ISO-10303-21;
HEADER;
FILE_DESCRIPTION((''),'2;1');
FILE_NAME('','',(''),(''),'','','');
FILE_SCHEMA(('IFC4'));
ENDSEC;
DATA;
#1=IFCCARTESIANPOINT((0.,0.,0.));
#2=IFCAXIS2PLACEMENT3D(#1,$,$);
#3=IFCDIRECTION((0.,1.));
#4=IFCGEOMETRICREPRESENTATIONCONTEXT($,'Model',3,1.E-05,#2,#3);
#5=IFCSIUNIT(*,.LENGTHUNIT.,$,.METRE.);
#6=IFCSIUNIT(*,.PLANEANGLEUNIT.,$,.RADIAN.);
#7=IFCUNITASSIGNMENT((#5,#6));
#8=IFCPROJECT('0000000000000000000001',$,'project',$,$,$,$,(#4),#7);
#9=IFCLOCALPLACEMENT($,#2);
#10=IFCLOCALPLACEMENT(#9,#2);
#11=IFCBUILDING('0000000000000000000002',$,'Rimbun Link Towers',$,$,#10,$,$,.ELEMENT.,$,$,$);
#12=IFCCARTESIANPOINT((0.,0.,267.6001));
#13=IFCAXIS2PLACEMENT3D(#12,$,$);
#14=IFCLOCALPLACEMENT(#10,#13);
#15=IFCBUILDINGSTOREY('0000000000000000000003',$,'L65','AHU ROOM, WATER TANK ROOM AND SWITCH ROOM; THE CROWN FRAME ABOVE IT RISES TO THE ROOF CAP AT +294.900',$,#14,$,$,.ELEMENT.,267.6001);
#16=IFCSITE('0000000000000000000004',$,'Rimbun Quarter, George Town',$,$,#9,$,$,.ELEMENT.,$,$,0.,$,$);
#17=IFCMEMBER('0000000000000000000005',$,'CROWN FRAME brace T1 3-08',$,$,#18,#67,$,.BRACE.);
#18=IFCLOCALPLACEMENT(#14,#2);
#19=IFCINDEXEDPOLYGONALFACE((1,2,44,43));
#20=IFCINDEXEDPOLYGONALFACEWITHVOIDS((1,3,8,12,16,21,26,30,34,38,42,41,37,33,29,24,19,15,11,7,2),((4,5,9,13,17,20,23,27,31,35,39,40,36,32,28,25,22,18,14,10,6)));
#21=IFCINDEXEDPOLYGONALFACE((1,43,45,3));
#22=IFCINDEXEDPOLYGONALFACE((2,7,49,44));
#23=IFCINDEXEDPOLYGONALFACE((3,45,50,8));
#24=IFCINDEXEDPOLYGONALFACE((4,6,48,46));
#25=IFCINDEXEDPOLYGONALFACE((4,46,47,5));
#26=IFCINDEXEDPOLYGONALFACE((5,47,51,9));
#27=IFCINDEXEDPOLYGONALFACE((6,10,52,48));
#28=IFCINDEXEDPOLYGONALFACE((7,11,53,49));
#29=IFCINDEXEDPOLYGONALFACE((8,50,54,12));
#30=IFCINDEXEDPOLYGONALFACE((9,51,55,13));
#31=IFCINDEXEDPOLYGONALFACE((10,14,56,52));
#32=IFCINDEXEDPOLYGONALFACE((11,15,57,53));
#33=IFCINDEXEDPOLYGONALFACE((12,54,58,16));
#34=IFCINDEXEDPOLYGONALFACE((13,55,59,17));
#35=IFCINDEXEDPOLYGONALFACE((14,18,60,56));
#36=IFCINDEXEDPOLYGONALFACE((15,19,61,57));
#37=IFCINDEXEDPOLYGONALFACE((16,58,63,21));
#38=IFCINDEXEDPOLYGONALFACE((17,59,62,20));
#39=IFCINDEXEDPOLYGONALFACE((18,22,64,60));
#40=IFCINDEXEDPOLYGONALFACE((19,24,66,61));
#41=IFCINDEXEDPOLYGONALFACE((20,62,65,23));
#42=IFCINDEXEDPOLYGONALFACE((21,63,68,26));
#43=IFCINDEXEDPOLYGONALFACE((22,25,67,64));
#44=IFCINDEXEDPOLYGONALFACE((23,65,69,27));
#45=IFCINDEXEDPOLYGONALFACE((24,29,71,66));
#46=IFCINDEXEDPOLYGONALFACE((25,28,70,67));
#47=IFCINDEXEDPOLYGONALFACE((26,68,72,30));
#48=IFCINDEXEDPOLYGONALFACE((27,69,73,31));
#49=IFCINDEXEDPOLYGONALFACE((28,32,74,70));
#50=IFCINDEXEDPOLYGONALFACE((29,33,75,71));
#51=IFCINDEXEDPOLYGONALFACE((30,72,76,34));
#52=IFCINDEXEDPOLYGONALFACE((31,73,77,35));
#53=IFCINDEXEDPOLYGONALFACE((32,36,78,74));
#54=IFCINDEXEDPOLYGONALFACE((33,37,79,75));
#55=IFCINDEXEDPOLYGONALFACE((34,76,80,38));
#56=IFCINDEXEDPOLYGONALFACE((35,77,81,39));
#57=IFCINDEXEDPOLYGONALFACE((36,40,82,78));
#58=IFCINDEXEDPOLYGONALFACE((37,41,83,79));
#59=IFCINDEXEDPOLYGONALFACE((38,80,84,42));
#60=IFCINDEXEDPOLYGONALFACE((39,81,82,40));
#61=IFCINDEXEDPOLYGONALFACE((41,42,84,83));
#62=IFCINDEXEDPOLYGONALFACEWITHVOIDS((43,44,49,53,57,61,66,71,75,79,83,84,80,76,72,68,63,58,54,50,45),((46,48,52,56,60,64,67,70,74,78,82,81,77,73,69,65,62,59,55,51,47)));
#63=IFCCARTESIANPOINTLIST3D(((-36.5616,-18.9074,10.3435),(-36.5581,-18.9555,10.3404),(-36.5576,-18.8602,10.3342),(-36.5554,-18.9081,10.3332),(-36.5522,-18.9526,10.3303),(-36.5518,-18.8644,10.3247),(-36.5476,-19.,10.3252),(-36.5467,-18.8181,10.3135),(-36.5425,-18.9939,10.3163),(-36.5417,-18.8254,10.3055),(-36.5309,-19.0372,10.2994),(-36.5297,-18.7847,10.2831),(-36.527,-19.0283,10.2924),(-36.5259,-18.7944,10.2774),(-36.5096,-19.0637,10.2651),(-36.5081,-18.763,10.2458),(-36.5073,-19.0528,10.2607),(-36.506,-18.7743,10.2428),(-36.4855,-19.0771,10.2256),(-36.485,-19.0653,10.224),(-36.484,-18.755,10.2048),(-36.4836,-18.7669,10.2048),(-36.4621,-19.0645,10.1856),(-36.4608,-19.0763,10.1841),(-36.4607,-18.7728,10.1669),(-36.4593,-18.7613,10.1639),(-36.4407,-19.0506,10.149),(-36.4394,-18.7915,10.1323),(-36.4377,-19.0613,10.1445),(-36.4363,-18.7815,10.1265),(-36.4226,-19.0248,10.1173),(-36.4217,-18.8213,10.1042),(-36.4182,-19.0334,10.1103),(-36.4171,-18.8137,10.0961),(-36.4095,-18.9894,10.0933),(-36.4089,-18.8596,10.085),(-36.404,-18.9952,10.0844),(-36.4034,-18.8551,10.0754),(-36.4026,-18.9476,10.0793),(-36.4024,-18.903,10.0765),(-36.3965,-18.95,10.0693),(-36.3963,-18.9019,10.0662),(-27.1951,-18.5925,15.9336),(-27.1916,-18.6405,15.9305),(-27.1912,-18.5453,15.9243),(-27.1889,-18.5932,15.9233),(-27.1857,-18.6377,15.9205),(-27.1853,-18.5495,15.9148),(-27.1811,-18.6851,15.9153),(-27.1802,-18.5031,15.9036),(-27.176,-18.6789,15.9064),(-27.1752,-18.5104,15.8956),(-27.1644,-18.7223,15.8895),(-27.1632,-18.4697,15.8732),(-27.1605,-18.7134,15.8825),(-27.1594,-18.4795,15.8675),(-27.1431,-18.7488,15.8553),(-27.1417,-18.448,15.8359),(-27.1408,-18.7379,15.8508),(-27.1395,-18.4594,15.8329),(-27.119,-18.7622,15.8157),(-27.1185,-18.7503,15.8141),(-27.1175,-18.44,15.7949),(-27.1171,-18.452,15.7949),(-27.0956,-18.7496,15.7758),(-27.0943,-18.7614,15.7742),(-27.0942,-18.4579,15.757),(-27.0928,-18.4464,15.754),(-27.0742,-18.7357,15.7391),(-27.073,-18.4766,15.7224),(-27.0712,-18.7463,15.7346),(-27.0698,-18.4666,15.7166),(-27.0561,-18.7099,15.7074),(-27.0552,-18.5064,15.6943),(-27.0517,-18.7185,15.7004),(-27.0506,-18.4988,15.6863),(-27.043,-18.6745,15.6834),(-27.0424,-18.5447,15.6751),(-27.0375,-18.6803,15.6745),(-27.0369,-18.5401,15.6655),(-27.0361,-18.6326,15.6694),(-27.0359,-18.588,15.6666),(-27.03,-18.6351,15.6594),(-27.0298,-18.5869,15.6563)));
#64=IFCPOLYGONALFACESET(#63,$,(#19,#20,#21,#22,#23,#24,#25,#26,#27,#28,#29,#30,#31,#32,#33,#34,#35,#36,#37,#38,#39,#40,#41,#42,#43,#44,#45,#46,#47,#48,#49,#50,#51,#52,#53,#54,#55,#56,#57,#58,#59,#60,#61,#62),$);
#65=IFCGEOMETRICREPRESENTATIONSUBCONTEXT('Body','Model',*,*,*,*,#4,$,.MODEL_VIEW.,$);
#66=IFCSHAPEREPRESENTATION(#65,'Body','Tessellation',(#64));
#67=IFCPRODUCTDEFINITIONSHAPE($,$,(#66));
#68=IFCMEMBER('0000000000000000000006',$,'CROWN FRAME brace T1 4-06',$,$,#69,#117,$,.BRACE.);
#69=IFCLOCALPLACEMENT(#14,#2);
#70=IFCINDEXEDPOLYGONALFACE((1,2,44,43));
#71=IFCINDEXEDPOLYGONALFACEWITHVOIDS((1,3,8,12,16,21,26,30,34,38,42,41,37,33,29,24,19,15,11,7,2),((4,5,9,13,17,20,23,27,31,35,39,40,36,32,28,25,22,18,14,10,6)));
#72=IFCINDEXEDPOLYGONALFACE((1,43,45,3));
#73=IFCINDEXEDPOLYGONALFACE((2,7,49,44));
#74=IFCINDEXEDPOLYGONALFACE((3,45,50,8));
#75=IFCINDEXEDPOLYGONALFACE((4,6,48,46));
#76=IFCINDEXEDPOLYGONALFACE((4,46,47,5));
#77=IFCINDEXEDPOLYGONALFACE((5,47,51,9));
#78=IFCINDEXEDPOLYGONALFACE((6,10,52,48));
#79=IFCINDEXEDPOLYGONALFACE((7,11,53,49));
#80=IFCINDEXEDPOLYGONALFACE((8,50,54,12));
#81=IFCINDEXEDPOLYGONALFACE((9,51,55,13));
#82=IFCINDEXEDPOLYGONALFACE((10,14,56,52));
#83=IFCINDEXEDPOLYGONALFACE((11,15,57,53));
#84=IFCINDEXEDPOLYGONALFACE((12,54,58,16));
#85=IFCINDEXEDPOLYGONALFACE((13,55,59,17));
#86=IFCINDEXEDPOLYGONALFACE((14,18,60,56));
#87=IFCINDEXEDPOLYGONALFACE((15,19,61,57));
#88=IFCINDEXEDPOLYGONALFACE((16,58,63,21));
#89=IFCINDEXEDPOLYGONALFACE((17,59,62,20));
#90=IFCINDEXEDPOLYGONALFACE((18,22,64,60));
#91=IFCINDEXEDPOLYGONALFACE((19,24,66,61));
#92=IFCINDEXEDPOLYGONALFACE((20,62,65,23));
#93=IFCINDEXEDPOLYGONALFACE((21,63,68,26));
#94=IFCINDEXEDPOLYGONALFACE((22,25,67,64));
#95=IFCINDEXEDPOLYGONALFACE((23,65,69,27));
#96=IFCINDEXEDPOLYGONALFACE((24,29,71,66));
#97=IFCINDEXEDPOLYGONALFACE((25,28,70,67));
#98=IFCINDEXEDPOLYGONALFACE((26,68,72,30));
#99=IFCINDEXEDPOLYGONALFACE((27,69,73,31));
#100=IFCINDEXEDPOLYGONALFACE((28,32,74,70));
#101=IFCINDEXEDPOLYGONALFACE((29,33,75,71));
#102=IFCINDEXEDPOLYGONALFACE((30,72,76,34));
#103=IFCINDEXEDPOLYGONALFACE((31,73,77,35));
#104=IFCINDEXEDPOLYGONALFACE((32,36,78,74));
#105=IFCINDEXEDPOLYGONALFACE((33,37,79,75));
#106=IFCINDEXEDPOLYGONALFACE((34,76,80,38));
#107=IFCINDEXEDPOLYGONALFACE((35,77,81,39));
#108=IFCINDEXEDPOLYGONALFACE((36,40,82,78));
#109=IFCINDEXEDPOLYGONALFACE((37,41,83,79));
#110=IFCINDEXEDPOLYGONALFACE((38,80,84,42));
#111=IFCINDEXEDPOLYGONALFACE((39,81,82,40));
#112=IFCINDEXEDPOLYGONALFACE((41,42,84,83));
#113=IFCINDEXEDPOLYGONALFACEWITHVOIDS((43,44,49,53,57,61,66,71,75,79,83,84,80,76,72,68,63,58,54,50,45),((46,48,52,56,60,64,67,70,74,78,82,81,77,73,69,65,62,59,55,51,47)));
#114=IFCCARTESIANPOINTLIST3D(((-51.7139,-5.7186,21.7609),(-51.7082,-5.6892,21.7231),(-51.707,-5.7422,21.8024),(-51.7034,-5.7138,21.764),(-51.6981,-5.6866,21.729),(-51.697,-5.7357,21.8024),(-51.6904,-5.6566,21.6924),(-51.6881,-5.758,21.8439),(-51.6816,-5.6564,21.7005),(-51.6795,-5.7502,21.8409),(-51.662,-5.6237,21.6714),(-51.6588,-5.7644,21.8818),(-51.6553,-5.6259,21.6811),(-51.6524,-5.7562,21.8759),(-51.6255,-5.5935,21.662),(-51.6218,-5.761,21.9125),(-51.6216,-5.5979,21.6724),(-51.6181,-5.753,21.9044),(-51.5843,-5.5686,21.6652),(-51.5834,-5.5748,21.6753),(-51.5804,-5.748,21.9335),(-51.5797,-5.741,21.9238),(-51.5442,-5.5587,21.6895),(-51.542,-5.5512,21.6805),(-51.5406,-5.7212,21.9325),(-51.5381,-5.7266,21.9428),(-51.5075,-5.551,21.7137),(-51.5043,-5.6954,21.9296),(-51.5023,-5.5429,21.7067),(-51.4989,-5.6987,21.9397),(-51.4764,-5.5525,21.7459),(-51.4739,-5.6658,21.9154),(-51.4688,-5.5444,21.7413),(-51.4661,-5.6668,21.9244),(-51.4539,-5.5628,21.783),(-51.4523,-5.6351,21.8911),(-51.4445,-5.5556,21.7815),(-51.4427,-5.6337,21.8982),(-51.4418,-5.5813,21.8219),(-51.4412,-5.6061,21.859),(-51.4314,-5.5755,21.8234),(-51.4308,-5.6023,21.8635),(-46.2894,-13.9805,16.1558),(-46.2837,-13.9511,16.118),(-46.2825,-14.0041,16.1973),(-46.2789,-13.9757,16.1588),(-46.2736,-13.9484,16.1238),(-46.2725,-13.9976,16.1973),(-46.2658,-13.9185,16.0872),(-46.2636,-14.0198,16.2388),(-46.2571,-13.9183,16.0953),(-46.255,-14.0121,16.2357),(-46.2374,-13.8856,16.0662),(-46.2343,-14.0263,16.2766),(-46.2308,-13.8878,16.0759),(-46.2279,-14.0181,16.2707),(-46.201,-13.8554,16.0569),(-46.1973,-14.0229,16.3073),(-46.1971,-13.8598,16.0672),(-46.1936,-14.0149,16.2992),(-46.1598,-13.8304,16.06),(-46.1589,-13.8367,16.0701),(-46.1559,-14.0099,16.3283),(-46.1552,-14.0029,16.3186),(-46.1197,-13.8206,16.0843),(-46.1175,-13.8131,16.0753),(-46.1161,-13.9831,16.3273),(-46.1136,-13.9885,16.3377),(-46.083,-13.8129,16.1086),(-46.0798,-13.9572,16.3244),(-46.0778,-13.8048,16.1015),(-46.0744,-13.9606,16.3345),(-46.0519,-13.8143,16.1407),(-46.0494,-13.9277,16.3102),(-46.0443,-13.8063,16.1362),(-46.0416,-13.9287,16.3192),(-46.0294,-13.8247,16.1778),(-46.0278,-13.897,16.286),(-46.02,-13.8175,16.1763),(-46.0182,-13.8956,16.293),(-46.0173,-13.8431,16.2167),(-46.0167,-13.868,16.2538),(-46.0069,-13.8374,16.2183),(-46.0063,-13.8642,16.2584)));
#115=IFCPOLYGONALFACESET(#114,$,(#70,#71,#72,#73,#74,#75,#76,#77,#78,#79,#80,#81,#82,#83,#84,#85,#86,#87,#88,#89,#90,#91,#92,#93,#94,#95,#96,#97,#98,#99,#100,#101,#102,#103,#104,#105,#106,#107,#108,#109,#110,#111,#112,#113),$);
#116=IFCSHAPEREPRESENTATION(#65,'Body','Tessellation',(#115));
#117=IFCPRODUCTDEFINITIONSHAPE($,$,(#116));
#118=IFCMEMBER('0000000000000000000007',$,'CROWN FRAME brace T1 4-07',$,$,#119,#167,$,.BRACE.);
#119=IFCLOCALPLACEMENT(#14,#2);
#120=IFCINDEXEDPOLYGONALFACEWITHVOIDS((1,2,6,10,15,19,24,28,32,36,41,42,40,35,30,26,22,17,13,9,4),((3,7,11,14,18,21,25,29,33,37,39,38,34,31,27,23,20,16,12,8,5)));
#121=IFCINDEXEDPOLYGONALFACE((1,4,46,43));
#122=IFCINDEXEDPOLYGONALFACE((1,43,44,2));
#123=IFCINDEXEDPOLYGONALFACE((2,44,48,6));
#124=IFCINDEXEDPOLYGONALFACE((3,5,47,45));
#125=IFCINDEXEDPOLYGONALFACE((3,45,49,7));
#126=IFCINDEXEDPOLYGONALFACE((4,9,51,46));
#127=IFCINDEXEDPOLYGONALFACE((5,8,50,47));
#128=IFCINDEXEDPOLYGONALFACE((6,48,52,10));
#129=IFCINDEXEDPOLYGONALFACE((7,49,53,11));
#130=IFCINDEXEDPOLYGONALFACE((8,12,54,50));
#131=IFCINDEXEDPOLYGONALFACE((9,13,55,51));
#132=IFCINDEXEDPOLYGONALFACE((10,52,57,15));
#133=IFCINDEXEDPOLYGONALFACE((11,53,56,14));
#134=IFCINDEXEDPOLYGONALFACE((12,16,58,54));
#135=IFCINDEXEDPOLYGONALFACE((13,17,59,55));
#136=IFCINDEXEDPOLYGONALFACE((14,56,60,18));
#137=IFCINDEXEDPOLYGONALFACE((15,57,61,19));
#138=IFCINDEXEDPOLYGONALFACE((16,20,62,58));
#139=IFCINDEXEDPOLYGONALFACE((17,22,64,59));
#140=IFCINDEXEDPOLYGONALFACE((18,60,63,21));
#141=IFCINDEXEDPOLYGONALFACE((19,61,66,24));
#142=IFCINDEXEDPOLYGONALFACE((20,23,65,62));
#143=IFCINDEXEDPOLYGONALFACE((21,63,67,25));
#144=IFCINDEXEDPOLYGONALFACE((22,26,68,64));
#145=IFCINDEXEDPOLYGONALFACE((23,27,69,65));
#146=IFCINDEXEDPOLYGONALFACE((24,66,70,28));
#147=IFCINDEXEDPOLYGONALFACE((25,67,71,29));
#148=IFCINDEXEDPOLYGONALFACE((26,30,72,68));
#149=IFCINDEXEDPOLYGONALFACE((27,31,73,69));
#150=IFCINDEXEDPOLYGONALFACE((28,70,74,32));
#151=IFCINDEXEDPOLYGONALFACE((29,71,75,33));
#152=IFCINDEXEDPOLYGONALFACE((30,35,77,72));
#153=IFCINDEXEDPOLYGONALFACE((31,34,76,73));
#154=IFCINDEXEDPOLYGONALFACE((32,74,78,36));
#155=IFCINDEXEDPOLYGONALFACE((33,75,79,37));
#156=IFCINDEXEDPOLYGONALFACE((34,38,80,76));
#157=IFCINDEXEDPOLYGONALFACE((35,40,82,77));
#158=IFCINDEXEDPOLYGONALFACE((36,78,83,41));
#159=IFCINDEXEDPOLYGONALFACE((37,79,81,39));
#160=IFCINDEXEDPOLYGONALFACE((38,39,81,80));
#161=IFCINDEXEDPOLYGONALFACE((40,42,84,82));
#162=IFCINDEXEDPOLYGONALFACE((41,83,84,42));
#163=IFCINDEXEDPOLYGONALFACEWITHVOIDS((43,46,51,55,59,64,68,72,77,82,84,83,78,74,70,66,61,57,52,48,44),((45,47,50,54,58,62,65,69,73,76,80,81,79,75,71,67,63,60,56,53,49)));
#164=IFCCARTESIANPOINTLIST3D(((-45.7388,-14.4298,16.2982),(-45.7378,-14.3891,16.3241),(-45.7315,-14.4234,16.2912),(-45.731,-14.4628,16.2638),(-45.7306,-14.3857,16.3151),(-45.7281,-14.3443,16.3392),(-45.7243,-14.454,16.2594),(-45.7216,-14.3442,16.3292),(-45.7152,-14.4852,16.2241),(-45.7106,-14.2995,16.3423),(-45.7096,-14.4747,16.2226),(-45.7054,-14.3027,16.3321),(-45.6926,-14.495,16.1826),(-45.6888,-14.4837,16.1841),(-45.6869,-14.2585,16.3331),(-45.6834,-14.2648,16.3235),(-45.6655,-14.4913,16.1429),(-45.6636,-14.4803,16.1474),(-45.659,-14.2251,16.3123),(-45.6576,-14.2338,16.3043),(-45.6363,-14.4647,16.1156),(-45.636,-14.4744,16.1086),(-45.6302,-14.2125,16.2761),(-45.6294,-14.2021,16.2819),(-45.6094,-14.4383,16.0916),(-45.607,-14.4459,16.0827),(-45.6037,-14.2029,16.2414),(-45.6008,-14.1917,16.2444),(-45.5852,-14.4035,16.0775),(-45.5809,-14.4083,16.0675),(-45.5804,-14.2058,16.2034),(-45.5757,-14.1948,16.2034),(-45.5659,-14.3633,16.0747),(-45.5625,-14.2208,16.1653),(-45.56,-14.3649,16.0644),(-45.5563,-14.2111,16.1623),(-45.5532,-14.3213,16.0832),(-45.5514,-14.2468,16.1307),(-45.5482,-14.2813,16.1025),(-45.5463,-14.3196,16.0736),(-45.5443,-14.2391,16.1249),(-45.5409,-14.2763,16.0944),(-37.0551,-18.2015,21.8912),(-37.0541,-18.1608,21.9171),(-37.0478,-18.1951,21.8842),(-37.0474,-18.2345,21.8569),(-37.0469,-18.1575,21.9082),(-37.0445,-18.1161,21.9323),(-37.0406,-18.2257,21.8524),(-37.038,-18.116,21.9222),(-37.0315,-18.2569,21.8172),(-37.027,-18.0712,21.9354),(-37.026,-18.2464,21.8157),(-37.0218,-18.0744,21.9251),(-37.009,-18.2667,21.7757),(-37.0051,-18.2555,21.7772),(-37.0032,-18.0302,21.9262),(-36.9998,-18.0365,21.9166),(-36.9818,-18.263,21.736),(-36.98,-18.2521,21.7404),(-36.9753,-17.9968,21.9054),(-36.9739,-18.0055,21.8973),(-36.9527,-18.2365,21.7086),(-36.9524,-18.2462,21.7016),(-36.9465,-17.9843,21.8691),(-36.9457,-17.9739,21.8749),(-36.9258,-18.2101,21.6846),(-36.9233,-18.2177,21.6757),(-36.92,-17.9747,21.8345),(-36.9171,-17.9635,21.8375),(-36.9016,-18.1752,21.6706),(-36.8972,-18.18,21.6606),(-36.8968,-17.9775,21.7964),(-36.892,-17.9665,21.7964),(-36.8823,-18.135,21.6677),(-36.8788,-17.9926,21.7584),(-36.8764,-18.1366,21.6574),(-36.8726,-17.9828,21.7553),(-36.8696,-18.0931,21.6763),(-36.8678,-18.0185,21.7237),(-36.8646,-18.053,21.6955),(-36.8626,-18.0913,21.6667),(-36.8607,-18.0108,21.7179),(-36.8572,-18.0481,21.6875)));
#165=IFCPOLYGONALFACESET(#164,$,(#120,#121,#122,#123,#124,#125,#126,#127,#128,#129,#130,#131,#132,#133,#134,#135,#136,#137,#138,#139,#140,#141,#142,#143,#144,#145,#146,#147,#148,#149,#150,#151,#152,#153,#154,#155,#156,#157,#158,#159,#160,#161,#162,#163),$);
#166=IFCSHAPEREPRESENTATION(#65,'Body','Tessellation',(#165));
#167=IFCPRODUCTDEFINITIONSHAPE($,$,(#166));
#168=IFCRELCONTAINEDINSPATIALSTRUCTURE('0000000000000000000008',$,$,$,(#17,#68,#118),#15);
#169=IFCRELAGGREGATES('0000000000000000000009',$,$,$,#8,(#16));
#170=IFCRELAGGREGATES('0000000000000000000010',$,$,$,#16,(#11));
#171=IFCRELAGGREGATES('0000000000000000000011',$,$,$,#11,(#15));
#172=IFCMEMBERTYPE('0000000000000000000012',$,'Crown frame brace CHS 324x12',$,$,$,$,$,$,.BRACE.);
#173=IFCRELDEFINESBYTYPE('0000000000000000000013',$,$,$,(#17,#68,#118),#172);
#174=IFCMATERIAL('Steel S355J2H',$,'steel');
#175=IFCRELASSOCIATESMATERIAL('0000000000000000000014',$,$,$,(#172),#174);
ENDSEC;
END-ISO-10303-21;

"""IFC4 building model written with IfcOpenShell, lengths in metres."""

from ifc_helpers import new_model, si_unit, direction, frame, origin, origin_2d, place, context, subcontext, project, spatial, hollow_circle, extrude, material, material_profile, profile_set, type_object, element, save


model = new_model("IFC4")

# Units and contexts
model_context = context("Model", 3, precision=1e-05, world=origin(), true_north=direction((0.0, 1.0)))
body_context = subcontext(model_context, "Body", "Model", "MODEL_VIEW")
ifc_project = project(units=[si_unit("LENGTHUNIT", "METRE"), si_unit("PLANEANGLEUNIT", "RADIAN")], contexts=[model_context])

# Site, building, storey
site_placement = place(None, origin())
site = spatial("IfcSite", under=ifc_project, at=site_placement, Name="Rimbun Quarter, George Town", CompositionType="ELEMENT", RefElevation=0.0)
building_placement = place(site_placement, origin())
building = spatial("IfcBuilding", under=site, at=building_placement, Name="Rimbun Link Towers", CompositionType="ELEMENT")
storey_placement = place(building_placement, frame((0.0, 0.0, 267.6001)))
storey = spatial("IfcBuildingStorey", under=building, at=storey_placement, Name="L65", Description="AHU ROOM, WATER TANK ROOM AND SWITCH ROOM; THE CROWN FRAME ABOVE IT RISES TO THE ROOF CAP AT +294.900", CompositionType="ELEMENT", Elevation=267.6001)

# Members
ifc_material_1 = material(Name="Steel S355J2H", Category="steel")
ifc_material_profile_1 = material_profile(ifc_material_1, hollow_circle(Radius=0.1619, WallThickness=0.012, at=origin_2d()), Name="Crown frame brace CHS 324x12")
ifc_profile_set_1 = profile_set([ifc_material_profile_1], Name="Steel S355J2H")
member_type_1 = type_object("IfcMemberType", Name="Crown frame brace CHS 324x12", PredefinedType="BRACE", material=ifc_profile_set_1)
member_1_placement = place(storey_placement, frame((-36.4785, -18.9167, 10.2048), z_axis=(0.858338, 0.028861, 0.512273), x_axis=(-0.033605, 0.999435, 0.0)))
element("IfcMember", 1, at=member_1_placement, inside=storey, type_object=member_type_1, Name="CROWN FRAME brace T1 3-08", PredefinedType="BRACE", context=body_context, shape_type="SweptSolid", body=[
    extrude(hollow_circle(Radius=0.1619, WallThickness=0.012, at=origin_2d()), origin(), (0.0, 0.0, 1.0), 10.9124),
])
member_2_placement = place(storey_placement, frame((-46.1472, -13.9153, 16.1973), z_axis=(-0.477413, 0.727131, 0.493313), x_axis=(-0.835925, -0.548844, 0.0)))
element("IfcMember", 2, at=member_2_placement, inside=storey, type_object=member_type_1, Name="CROWN FRAME brace T1 4-06", PredefinedType="BRACE", context=body_context, shape_type="SweptSolid", body=[
    extrude(hollow_circle(Radius=0.1619, WallThickness=0.012, at=origin_2d()), origin(), (0.0, 0.0, 1.0), 11.3623),
])
member_3_placement = place(storey_placement, frame((-45.6401, -14.3433, 16.2034), z_axis=(0.789703, -0.343008, 0.50864), x_axis=(0.398393, 0.917215, 0.0)))
element("IfcMember", 3, at=member_3_placement, inside=storey, type_object=member_type_1, Name="CROWN FRAME brace T1 4-07", PredefinedType="BRACE", context=body_context, shape_type="SweptSolid", body=[
    extrude(hollow_circle(Radius=0.1619, WallThickness=0.012, at=origin_2d()), origin(), (0.0, 0.0, 1.0), 10.9961),
])

save(model, "model.ifc")
